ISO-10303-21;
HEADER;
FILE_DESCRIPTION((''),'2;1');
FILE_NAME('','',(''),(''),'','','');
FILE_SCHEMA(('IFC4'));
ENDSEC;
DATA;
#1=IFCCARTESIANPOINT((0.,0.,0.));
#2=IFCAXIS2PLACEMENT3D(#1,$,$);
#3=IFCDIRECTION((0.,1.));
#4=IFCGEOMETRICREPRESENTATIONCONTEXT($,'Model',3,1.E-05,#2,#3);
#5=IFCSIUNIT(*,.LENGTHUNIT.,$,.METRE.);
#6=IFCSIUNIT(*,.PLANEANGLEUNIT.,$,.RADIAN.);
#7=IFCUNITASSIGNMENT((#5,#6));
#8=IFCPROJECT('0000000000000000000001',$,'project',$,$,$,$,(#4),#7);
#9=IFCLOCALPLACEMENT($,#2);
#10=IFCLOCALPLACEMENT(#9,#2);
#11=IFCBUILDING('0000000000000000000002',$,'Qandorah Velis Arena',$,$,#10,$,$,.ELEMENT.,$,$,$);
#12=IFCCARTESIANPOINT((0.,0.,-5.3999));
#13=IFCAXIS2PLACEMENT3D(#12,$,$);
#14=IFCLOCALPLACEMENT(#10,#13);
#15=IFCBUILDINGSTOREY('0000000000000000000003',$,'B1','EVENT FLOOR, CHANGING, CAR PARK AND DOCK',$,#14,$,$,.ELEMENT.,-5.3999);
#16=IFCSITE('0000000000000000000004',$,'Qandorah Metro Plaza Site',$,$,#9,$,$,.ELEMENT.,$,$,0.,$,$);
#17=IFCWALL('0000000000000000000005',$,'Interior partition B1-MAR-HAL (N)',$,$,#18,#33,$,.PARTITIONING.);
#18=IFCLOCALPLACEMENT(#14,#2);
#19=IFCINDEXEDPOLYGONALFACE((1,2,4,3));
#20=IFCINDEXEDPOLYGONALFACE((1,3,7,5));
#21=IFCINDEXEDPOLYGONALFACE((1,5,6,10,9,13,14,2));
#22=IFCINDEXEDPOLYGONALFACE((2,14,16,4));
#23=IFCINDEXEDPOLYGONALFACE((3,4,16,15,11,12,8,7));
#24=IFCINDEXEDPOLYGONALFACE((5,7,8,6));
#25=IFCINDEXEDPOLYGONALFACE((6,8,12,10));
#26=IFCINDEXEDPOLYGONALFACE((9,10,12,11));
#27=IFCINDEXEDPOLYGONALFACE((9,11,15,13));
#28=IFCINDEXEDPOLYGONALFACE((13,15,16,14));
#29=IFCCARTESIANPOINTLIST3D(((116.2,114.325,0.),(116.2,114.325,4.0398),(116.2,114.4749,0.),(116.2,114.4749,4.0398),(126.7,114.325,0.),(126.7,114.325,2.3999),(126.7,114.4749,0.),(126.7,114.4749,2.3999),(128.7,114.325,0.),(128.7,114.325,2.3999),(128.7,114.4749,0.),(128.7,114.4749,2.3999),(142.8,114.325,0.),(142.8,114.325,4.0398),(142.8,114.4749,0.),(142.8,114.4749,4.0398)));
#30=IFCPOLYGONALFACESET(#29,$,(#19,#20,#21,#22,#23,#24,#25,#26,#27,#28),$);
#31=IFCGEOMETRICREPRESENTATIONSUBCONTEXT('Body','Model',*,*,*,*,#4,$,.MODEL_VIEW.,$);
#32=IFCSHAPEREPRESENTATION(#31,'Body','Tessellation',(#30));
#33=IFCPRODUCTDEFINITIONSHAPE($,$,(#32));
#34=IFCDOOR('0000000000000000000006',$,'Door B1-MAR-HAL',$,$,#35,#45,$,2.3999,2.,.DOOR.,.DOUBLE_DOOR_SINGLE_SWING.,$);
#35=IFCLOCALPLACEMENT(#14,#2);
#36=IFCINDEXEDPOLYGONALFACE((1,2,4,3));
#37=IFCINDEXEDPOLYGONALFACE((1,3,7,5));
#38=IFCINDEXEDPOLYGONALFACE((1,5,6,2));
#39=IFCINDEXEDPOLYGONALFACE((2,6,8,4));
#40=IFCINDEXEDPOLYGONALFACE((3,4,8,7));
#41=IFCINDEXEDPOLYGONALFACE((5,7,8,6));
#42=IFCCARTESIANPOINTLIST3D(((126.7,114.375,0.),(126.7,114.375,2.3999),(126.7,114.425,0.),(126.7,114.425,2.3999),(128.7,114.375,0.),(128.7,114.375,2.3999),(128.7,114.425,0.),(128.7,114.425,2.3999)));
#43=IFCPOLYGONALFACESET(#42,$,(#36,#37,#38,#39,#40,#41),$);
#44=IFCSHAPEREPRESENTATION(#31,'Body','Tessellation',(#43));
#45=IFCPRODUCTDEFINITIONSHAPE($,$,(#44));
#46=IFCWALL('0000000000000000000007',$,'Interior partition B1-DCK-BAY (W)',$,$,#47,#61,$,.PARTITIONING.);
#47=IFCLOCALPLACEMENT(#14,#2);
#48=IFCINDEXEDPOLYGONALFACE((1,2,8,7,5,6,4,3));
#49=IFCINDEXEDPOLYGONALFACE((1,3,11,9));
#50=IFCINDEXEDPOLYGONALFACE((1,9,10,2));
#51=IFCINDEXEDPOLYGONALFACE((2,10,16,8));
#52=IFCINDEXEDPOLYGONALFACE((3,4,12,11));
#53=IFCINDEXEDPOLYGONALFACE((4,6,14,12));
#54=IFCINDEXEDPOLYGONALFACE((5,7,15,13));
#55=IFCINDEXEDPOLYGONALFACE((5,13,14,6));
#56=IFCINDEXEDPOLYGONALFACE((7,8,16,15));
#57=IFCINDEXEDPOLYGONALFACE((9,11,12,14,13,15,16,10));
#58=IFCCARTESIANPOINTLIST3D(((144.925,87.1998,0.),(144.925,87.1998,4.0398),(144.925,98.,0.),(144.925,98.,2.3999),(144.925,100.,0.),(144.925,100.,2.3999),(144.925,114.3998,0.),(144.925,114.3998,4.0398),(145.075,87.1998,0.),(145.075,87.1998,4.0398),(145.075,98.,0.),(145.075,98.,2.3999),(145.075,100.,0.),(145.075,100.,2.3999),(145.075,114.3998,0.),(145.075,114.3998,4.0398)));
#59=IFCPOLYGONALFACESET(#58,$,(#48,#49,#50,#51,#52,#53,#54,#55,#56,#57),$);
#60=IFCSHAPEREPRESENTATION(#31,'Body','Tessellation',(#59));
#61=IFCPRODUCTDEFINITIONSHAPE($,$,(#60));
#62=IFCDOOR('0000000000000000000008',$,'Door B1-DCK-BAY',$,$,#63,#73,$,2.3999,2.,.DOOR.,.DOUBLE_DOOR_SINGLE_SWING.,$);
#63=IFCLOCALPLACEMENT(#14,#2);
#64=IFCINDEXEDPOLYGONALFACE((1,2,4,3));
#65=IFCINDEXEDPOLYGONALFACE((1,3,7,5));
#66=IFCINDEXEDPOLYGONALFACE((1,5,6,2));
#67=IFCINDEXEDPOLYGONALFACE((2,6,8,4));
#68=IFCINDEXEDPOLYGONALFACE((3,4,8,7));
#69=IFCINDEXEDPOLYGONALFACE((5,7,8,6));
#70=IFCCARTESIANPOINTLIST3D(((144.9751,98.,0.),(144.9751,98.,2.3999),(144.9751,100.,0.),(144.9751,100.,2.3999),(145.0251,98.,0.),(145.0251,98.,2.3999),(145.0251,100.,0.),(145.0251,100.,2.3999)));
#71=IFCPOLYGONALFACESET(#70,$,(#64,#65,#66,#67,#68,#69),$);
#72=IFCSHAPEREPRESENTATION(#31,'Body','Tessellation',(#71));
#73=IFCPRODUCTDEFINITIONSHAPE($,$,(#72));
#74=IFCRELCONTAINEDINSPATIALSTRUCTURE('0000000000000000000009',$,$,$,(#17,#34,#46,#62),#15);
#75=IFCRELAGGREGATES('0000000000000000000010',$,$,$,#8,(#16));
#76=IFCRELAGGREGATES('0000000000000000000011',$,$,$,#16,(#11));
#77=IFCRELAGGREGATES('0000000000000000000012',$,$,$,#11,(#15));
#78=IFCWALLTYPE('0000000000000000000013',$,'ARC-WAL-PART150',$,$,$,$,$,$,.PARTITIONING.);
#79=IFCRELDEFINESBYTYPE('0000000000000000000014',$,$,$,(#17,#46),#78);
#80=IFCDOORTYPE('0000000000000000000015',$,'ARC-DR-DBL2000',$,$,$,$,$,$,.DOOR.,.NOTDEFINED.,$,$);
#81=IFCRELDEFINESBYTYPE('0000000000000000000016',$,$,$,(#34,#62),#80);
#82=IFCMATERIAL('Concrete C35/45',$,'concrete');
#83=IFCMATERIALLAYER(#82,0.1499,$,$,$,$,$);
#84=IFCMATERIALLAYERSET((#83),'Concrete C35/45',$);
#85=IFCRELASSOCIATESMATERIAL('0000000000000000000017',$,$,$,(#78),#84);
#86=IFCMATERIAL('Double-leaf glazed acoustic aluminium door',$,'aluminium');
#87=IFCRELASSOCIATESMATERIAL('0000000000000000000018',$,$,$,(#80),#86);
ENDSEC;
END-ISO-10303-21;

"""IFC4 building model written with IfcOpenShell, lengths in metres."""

from ifc_helpers import new_model, si_unit, direction, frame, frame_2d, origin, place, context, subcontext, project, spatial, rectangle, extrude, material, layer, layer_set, type_object, element, fill, save


model = new_model("IFC4")

# Units and contexts
model_context = context("Model", 3, precision=1e-05, world=origin(), true_north=direction((0.0, 1.0)))
body_context = subcontext(model_context, "Body", "Model", "MODEL_VIEW")
ifc_project = project(units=[si_unit("LENGTHUNIT", "METRE"), si_unit("PLANEANGLEUNIT", "RADIAN")], contexts=[model_context])

# Site, building, storey
site_placement = place(None, origin())
site = spatial("IfcSite", under=ifc_project, at=site_placement, Name="Qandorah Metro Plaza Site", CompositionType="ELEMENT", RefElevation=0.0)
building_placement = place(site_placement, origin())
building = spatial("IfcBuilding", under=site, at=building_placement, Name="Qandorah Velis Arena", CompositionType="ELEMENT")
storey_placement = place(building_placement, frame((0.0, 0.0, -5.3999)))
storey = spatial("IfcBuildingStorey", under=building, at=storey_placement, Name="B1", Description="EVENT FLOOR, CHANGING, CAR PARK AND DOCK", CompositionType="ELEMENT", Elevation=-5.3999)

# Walls, openings, doors
ifc_material_1 = material(Name="Concrete C35/45", Category="concrete")
ifc_layer = layer(ifc_material_1, 0.1499)
ifc_layer_set = layer_set([ifc_layer], Name="Concrete C35/45")
wall_type = type_object("IfcWallType", Name="ARC-WAL-PART150", PredefinedType="PARTITIONING", material=ifc_layer_set)
wall_1_placement = place(storey_placement, frame((142.8, 114.3999, 0.0), z_axis=(0.0, 0.0, 1.0), x_axis=(-1.0, 0.0, 0.0)))
wall_1 = element("IfcWall", 1, at=wall_1_placement, inside=storey, type_object=wall_type, Name="Interior partition B1-MAR-HAL (N)", PredefinedType="PARTITIONING", context=body_context, shape_type="SweptSolid", body=[
    extrude(rectangle(XDim=26.6001, YDim=0.1499, at=frame_2d((13.3, 0.0))), origin(), (0.0, 0.0, 1.0), 4.0398),
])
opening_1_placement = place(wall_1_placement, frame((14.1001, 0.0, 0.0)))
opening_1 = element("IfcOpeningElement", 2, at=opening_1_placement, cuts=wall_1, PredefinedType="OPENING", context=body_context, shape_type="SweptSolid", body=[
    extrude(rectangle(XDim=2.0, YDim=2.3999, at=frame_2d((1.0, 1.2))), frame((0.0, 0.085, 0.0), z_axis=(0.0, -1.0, 0.0), x_axis=(1.0, 0.0, 0.0)), (0.0, 0.0, 1.0), 0.1699),
])
ifc_material_2 = material(Name="Double-leaf glazed acoustic aluminium door", Category="aluminium")
door_type = type_object("IfcDoorType", Name="ARC-DR-DBL2000", OperationType="NOTDEFINED", PredefinedType="DOOR", material=ifc_material_2)
door_1_placement = place(opening_1_placement, origin())
door_1 = element("IfcDoor", 3, at=door_1_placement, inside=storey, type_object=door_type, Name="Door B1-MAR-HAL", OperationType="DOUBLE_DOOR_SINGLE_SWING", OverallHeight=2.3999, OverallWidth=2.0, PredefinedType="DOOR", context=body_context, shape_type="SweptSolid", body=[
    extrude(rectangle(XDim=2.0, YDim=2.3999, at=frame_2d((1.0, 1.2))), frame((0.0, 0.0249, 0.0), z_axis=(0.0, -1.0, 0.0), x_axis=(1.0, 0.0, 0.0)), (0.0, 0.0, 1.0), 0.05),
])
fill(opening_1, door_1)
wall_2_placement = place(storey_placement, frame((145.0, 114.3999, 0.0), z_axis=(0.0, 0.0, 1.0), x_axis=(0.0, -1.0, 0.0)))
wall_2 = element("IfcWall", 4, at=wall_2_placement, inside=storey, type_object=wall_type, Name="Interior partition B1-DCK-BAY (W)", PredefinedType="PARTITIONING", context=body_context, shape_type="SweptSolid", body=[
    extrude(rectangle(XDim=27.2, YDim=0.1499, at=frame_2d((13.6001, 0.0))), origin(), (0.0, 0.0, 1.0), 4.0398),
])
opening_2_placement = place(wall_2_placement, frame((14.3999, 0.0, 0.0)))
opening_2 = element("IfcOpeningElement", 5, at=opening_2_placement, cuts=wall_2, PredefinedType="OPENING", context=body_context, shape_type="SweptSolid", body=[
    extrude(rectangle(XDim=2.0, YDim=2.3999, at=frame_2d((1.0, 1.2))), frame((0.0, 0.085, 0.0), z_axis=(0.0, -1.0, 0.0), x_axis=(1.0, 0.0, 0.0)), (0.0, 0.0, 1.0), 0.1699),
])
door_2_placement = place(opening_2_placement, frame((2.0, 0.0, 0.0), z_axis=(0.0, 0.0, 1.0), x_axis=(-1.0, 0.0, 0.0)))
door_2 = element("IfcDoor", 6, at=door_2_placement, inside=storey, type_object=door_type, Name="Door B1-DCK-BAY", OperationType="DOUBLE_DOOR_SINGLE_SWING", OverallHeight=2.3999, OverallWidth=2.0, PredefinedType="DOOR", context=body_context, shape_type="SweptSolid", body=[
    extrude(rectangle(XDim=2.0, YDim=2.3999, at=frame_2d((1.0, 1.2))), frame((0.0, 0.0249, 0.0), z_axis=(0.0, -1.0, 0.0), x_axis=(1.0, 0.0, 0.0)), (0.0, 0.0, 1.0), 0.05),
])
fill(opening_2, door_2)

save(model, "model.ifc")
